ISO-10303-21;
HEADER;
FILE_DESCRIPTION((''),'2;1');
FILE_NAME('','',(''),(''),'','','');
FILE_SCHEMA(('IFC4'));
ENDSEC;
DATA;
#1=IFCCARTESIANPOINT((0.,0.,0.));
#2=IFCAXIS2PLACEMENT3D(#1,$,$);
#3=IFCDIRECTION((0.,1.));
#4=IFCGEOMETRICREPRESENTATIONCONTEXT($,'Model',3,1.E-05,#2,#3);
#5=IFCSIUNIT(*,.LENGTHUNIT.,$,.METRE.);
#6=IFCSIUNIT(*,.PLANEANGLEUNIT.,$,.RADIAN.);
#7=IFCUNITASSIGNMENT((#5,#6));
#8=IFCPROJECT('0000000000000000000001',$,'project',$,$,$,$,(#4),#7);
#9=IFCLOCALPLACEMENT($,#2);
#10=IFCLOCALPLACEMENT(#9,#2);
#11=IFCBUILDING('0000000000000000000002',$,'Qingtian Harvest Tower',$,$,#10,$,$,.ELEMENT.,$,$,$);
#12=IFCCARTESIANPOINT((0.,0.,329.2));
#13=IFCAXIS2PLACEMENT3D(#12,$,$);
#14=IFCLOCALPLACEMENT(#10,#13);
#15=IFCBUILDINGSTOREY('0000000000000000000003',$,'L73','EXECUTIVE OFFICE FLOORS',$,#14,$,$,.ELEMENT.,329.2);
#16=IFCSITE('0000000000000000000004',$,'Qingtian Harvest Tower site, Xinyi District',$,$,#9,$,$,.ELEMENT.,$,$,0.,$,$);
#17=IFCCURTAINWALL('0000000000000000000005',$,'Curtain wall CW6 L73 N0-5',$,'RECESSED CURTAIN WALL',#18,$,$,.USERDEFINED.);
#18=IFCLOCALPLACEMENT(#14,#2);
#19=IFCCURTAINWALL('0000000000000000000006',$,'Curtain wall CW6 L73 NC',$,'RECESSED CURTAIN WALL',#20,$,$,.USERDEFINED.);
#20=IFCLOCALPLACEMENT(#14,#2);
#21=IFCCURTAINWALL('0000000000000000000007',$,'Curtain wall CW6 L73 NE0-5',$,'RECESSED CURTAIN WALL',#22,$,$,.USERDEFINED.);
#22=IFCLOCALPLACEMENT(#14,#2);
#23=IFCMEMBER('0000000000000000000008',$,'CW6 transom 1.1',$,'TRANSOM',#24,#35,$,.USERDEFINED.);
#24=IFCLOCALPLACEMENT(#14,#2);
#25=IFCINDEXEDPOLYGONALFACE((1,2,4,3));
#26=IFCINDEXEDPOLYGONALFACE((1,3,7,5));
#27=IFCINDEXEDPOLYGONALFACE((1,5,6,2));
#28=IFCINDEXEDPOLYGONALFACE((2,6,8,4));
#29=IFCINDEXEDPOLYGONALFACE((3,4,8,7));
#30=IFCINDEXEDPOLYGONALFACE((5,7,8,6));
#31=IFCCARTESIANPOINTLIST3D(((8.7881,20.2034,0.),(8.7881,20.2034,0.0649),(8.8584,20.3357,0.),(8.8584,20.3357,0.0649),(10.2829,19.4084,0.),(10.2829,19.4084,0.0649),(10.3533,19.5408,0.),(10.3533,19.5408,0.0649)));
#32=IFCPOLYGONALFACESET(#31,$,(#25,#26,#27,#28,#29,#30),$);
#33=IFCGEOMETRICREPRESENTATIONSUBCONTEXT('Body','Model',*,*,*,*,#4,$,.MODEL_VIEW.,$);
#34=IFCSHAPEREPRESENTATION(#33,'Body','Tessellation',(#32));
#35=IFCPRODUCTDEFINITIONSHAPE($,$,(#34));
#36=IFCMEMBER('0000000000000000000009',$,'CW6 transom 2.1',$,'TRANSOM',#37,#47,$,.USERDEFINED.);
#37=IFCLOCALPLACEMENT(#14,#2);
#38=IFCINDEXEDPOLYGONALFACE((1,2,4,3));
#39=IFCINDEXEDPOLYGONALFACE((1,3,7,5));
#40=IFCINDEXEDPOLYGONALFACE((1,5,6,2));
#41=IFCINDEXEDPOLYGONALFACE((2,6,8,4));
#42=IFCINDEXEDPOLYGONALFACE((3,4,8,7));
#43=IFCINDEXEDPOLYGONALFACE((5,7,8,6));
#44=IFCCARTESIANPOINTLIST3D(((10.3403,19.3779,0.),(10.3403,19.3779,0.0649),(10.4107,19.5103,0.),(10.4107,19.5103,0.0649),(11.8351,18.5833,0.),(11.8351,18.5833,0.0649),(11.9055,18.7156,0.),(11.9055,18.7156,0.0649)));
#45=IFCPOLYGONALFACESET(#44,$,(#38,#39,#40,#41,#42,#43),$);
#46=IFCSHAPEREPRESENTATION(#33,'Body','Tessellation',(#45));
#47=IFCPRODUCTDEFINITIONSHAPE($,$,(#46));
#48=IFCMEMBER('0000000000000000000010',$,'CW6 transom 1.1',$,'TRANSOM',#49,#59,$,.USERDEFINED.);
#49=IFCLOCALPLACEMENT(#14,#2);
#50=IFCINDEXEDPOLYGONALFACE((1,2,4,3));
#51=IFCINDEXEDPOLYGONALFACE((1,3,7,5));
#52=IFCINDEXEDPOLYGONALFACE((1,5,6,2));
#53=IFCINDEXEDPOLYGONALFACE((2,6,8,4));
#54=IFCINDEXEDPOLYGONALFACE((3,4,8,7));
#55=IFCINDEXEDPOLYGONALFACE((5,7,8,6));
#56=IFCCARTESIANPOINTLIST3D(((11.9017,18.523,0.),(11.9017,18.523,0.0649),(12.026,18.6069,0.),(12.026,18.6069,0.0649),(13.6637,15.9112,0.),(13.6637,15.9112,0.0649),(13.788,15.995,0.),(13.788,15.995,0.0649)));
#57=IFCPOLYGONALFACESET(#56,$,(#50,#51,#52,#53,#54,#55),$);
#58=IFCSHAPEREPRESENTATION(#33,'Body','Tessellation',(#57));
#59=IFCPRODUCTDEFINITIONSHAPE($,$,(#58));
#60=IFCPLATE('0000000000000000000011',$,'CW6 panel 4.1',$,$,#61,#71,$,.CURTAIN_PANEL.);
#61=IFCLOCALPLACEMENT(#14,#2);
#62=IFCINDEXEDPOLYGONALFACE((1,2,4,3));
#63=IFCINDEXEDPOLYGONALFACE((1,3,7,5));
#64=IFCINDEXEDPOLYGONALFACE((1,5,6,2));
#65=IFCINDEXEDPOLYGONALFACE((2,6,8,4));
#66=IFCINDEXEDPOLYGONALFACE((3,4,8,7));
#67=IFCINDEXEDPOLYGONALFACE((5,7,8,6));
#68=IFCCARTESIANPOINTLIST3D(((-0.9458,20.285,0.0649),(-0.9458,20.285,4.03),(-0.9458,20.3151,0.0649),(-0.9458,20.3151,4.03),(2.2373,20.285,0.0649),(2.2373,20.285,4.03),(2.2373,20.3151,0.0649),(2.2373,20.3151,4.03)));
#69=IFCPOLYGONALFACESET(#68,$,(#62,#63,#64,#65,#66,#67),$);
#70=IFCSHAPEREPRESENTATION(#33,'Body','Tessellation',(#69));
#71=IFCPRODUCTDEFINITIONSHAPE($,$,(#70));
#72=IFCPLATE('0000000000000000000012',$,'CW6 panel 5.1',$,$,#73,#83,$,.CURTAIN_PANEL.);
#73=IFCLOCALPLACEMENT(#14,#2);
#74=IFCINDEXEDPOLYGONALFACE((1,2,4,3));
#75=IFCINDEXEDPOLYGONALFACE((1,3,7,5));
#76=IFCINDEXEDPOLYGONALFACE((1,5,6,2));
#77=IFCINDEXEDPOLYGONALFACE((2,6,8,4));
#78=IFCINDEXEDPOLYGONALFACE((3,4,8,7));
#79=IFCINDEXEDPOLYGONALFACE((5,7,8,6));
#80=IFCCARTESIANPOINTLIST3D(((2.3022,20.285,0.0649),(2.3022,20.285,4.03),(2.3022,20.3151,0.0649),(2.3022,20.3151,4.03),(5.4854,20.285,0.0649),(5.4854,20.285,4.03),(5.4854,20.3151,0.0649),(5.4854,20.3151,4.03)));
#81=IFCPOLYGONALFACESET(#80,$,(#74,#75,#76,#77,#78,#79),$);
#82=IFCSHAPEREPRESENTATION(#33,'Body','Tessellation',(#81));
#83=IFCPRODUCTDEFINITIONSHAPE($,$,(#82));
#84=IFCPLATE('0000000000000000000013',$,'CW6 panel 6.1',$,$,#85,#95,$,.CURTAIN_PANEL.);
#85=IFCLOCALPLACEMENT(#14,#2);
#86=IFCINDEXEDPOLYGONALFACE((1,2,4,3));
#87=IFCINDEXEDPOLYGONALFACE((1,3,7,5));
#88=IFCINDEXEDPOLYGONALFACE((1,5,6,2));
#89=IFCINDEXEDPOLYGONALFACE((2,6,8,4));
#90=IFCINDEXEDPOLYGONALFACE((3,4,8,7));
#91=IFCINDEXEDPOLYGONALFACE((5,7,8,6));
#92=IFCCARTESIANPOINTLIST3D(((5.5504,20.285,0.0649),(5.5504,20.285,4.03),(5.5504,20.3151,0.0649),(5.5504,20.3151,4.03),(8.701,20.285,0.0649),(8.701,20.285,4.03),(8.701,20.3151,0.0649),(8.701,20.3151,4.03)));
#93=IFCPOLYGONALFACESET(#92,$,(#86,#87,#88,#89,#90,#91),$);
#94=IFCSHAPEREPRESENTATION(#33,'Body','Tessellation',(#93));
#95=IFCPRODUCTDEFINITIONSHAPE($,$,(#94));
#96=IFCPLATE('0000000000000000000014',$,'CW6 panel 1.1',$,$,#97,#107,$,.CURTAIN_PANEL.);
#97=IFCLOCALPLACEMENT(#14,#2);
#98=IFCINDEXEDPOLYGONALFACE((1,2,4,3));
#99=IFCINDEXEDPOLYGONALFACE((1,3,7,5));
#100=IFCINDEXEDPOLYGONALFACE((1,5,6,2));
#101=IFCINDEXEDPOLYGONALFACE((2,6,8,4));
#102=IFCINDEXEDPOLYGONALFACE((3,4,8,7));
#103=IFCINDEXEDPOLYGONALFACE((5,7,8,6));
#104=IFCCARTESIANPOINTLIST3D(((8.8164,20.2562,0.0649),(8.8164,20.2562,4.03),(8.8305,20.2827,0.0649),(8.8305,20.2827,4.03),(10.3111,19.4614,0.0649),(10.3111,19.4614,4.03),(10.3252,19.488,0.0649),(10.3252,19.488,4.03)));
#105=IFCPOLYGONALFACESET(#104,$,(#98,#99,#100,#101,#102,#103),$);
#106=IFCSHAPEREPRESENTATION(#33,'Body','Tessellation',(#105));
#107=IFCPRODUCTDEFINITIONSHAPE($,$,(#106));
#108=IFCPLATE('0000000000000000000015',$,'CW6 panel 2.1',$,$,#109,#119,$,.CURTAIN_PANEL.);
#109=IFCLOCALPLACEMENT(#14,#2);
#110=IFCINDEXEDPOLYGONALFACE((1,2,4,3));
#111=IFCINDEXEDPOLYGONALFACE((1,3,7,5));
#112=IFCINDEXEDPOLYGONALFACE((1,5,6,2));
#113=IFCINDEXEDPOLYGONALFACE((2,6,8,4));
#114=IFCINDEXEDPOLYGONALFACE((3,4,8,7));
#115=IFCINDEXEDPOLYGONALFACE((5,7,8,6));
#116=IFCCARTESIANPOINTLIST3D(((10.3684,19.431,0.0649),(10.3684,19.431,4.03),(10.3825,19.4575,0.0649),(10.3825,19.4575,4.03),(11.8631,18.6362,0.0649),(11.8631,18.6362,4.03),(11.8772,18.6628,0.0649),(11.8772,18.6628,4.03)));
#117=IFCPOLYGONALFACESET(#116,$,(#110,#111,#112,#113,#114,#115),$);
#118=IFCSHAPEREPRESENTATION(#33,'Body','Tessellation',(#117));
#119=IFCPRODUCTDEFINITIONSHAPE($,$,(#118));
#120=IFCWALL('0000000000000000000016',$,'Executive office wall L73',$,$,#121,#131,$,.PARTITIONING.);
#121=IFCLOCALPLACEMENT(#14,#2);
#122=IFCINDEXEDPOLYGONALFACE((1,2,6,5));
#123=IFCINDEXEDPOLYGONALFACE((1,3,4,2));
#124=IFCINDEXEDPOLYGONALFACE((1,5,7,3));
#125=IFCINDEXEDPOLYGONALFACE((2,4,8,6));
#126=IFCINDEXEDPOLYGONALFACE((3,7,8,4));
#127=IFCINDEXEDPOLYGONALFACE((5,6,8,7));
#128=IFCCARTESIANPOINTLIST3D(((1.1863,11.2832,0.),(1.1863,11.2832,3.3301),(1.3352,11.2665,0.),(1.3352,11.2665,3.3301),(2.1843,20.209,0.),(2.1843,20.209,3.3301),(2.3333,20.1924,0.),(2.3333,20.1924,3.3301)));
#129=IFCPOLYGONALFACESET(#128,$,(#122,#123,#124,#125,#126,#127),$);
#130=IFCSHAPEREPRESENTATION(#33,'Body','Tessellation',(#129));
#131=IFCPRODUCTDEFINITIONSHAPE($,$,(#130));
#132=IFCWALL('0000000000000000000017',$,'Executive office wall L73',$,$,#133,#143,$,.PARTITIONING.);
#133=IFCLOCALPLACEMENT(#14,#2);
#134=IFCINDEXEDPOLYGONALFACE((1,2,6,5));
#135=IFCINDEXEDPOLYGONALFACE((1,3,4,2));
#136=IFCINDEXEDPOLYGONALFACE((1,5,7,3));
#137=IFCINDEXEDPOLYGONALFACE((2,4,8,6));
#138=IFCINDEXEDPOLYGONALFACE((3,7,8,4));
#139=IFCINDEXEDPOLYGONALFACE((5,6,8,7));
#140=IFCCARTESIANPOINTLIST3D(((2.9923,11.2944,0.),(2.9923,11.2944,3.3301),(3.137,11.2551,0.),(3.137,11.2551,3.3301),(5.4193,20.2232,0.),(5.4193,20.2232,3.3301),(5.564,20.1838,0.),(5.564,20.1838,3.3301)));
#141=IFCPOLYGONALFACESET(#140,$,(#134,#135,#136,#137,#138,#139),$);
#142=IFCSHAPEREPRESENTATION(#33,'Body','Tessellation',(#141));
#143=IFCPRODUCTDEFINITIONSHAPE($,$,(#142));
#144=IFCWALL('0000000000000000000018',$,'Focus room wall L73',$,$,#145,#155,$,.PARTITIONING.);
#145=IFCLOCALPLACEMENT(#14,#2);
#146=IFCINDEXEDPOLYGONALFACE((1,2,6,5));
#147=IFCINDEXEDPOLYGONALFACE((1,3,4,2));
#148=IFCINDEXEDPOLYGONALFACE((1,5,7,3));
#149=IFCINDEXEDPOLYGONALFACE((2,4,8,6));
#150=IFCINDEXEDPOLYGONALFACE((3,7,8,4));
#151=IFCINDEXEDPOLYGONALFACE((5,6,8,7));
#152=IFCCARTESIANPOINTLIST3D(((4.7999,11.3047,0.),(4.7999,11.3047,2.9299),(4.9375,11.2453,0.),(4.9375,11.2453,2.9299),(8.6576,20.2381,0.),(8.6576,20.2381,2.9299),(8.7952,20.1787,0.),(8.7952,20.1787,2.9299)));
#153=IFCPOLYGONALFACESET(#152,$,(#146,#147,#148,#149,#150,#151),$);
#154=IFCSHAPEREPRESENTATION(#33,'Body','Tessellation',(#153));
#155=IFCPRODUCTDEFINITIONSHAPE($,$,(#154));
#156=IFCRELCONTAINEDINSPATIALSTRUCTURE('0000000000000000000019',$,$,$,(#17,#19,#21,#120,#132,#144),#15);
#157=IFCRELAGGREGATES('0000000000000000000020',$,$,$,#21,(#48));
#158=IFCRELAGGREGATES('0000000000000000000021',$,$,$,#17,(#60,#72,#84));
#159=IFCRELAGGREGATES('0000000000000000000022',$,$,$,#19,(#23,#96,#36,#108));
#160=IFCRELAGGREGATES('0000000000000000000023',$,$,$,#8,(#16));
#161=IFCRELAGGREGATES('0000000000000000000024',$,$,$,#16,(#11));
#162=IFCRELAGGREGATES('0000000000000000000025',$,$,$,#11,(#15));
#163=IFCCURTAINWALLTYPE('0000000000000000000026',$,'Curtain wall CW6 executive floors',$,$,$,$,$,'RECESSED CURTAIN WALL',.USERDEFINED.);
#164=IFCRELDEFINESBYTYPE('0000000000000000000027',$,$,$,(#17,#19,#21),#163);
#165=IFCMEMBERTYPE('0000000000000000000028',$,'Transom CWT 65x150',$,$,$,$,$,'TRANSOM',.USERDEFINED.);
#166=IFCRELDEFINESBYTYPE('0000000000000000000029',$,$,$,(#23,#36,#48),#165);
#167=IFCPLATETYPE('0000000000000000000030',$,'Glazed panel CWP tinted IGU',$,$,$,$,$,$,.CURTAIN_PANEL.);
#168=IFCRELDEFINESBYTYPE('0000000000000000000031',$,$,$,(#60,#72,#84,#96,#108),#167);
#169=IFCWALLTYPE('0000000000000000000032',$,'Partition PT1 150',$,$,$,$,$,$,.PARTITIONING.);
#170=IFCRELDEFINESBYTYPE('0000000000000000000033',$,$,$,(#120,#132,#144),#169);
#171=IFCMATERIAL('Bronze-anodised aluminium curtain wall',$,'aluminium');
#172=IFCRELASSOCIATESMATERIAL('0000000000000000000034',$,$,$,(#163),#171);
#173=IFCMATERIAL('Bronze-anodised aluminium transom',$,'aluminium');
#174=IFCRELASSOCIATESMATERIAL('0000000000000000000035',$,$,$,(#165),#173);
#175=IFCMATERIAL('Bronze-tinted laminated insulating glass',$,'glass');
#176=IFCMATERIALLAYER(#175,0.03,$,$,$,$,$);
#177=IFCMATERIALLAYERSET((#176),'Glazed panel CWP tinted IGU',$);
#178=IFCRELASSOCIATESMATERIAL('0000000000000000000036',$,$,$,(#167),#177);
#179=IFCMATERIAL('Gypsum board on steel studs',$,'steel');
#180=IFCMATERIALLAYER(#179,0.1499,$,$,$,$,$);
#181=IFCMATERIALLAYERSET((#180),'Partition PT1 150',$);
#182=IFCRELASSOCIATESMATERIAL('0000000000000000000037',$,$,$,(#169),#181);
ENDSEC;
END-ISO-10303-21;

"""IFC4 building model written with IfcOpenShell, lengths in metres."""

from ifc_helpers import new_model, si_unit, direction, frame, frame_2d, origin, origin_2d, place, context, subcontext, project, spatial, rectangle, extrude, material, layer, layer_set, material_profile, profile_set, type_object, element, aggregate, save


model = new_model("IFC4")

# Units and contexts
model_context = context("Model", 3, precision=1e-05, world=origin(), true_north=direction((0.0, 1.0)))
body_context = subcontext(model_context, "Body", "Model", "MODEL_VIEW")
ifc_project = project(units=[si_unit("LENGTHUNIT", "METRE"), si_unit("PLANEANGLEUNIT", "RADIAN")], contexts=[model_context])

# Site, building, storey
site_placement = place(None, origin())
site = spatial("IfcSite", under=ifc_project, at=site_placement, Name="Qingtian Harvest Tower site, Xinyi District", CompositionType="ELEMENT", RefElevation=0.0)
building_placement = place(site_placement, origin())
building = spatial("IfcBuilding", under=site, at=building_placement, Name="Qingtian Harvest Tower", CompositionType="ELEMENT")
storey_placement = place(building_placement, frame((0.0, 0.0, 329.2)))
storey = spatial("IfcBuildingStorey", under=building, at=storey_placement, Name="L73", Description="EXECUTIVE OFFICE FLOORS", CompositionType="ELEMENT", Elevation=329.2)

# Curtain walls
ifc_material_1 = material(Name="Bronze-anodised aluminium curtain wall", Category="aluminium")
curtain_wall_type = type_object("IfcCurtainWallType", Name="Curtain wall CW6 executive floors", ElementType="RECESSED CURTAIN WALL", PredefinedType="USERDEFINED", material=ifc_material_1)
curtain_wall_1_placement = place(storey_placement, origin())
curtain_wall_1 = element("IfcCurtainWall", 1, at=curtain_wall_1_placement, inside=storey, type_object=curtain_wall_type, Name="Curtain wall CW6 L73 N0-5", ObjectType="RECESSED CURTAIN WALL", PredefinedType="USERDEFINED")
curtain_wall_2_placement = place(storey_placement, origin())
curtain_wall_2 = element("IfcCurtainWall", 2, at=curtain_wall_2_placement, inside=storey, type_object=curtain_wall_type, Name="Curtain wall CW6 L73 NC", ObjectType="RECESSED CURTAIN WALL", PredefinedType="USERDEFINED")

# Curtain wall
curtain_wall_3_placement = place(storey_placement, origin())
curtain_wall_3 = element("IfcCurtainWall", 3, at=curtain_wall_3_placement, inside=storey, type_object=curtain_wall_type, Name="Curtain wall CW6 L73 NE0-5", ObjectType="RECESSED CURTAIN WALL", PredefinedType="USERDEFINED")

# Members
ifc_material_2 = material(Name="Bronze-anodised aluminium transom", Category="aluminium")
ifc_material_profile_1 = material_profile(ifc_material_2, rectangle(XDim=0.1499, YDim=0.0649, at=origin_2d()), Name="AL 65x150")
ifc_profile_set_1 = profile_set([ifc_material_profile_1], Name="Bronze-anodised aluminium transom")
member_type_1 = type_object("IfcMemberType", Name="Transom CWT 65x150", ElementType="TRANSOM", PredefinedType="USERDEFINED", material=ifc_profile_set_1)
member_1_placement = place(storey_placement, frame((8.8232, 20.2695, 0.0325), z_axis=(0.882927, -0.46951, 0.0), x_axis=(0.46951, 0.882927, 0.0)))
member_1 = element("IfcMember", 4, at=member_1_placement, type_object=member_type_1, Name="CW6 transom 1.1", ObjectType="TRANSOM", PredefinedType="USERDEFINED", context=body_context, shape_type="SweptSolid", body=[
    extrude(rectangle(XDim=0.1499, YDim=0.0649, at=origin_2d()), origin(), (0.0, 0.0, 1.0), 1.6931),
])
member_2_placement = place(storey_placement, frame((10.3755, 19.4441, 0.0325), z_axis=(0.882987, -0.469398, 0.0), x_axis=(0.469398, 0.882987, 0.0)))
member_2 = element("IfcMember", 5, at=member_2_placement, type_object=member_type_1, Name="CW6 transom 2.1", ObjectType="TRANSOM", PredefinedType="USERDEFINED", context=body_context, shape_type="SweptSolid", body=[
    extrude(rectangle(XDim=0.1499, YDim=0.0649, at=origin_2d()), origin(), (0.0, 0.0, 1.0), 1.6929),
])
member_3_placement = place(storey_placement, frame((11.9639, 18.5649, 0.0325), z_axis=(0.559252, -0.828998, 0.0), x_axis=(0.828998, 0.559252, 0.0)))
member_3 = element("IfcMember", 6, at=member_3_placement, type_object=member_type_1, Name="CW6 transom 1.1", ObjectType="TRANSOM", PredefinedType="USERDEFINED", context=body_context, shape_type="SweptSolid", body=[
    extrude(rectangle(XDim=0.1499, YDim=0.0649, at=origin_2d()), origin(), (0.0, 0.0, 1.0), 3.1506),
])
aggregate(curtain_wall_3, [member_3])

# Plates
ifc_material_3 = material(Name="Bronze-tinted laminated insulating glass", Category="glass")
ifc_layer_1 = layer(ifc_material_3, 0.03)
ifc_layer_set_1 = layer_set([ifc_layer_1], Name="Glazed panel CWP tinted IGU")
plate_type = type_object("IfcPlateType", Name="Glazed panel CWP tinted IGU", PredefinedType="CURTAIN_PANEL", material=ifc_layer_set_1)
plate_1_placement = place(storey_placement, frame((0.6458, 20.3, 0.0649), z_axis=(0.0, 0.0, 1.0), x_axis=(1.0, 0.0, 0.0)))
plate_1 = element("IfcPlate", 7, at=plate_1_placement, type_object=plate_type, Name="CW6 panel 4.1", PredefinedType="CURTAIN_PANEL", context=body_context, shape_type="SweptSolid", body=[
    extrude(rectangle(XDim=3.1831, YDim=0.03, at=origin_2d()), origin(), (0.0, 0.0, 1.0), 3.9651),
])
plate_2_placement = place(storey_placement, frame((3.8938, 20.3, 0.0649), z_axis=(0.0, 0.0, 1.0), x_axis=(1.0, 0.0, 0.0)))
plate_2 = element("IfcPlate", 8, at=plate_2_placement, type_object=plate_type, Name="CW6 panel 5.1", PredefinedType="CURTAIN_PANEL", context=body_context, shape_type="SweptSolid", body=[
    extrude(rectangle(XDim=3.1831, YDim=0.03, at=origin_2d()), origin(), (0.0, 0.0, 1.0), 3.9651),
])
plate_3_placement = place(storey_placement, frame((7.1257, 20.3, 0.0649), z_axis=(0.0, 0.0, 1.0), x_axis=(1.0, 0.0, 0.0)))
plate_3 = element("IfcPlate", 9, at=plate_3_placement, type_object=plate_type, Name="CW6 panel 6.1", PredefinedType="CURTAIN_PANEL", context=body_context, shape_type="SweptSolid", body=[
    extrude(rectangle(XDim=3.1506, YDim=0.03, at=origin_2d()), origin(), (0.0, 0.0, 1.0), 3.9651),
])
aggregate(curtain_wall_1, [plate_1, plate_2, plate_3])
plate_4_placement = place(storey_placement, frame((9.5708, 19.8721, 0.0649), z_axis=(0.0, 0.0, 1.0), x_axis=(0.882948, -0.469472, 0.0)))
plate_4 = element("IfcPlate", 10, at=plate_4_placement, type_object=plate_type, Name="CW6 panel 1.1", PredefinedType="CURTAIN_PANEL", context=body_context, shape_type="SweptSolid", body=[
    extrude(rectangle(XDim=1.6929, YDim=0.03, at=origin_2d()), origin(), (0.0, 0.0, 1.0), 3.9651),
])
plate_5_placement = place(storey_placement, frame((11.1228, 19.0469, 0.0649), z_axis=(0.0, 0.0, 1.0), x_axis=(0.882948, -0.469472, 0.0)))
plate_5 = element("IfcPlate", 11, at=plate_5_placement, type_object=plate_type, Name="CW6 panel 2.1", PredefinedType="CURTAIN_PANEL", context=body_context, shape_type="SweptSolid", body=[
    extrude(rectangle(XDim=1.6929, YDim=0.03, at=origin_2d()), origin(), (0.0, 0.0, 1.0), 3.9651),
])
aggregate(curtain_wall_2, [member_1, plate_4, member_2, plate_5])

# Walls
ifc_material_4 = material(Name="Gypsum board on steel studs", Category="steel")
ifc_layer_2 = layer(ifc_material_4, 0.1499)
ifc_layer_set_2 = layer_set([ifc_layer_2], Name="Partition PT1 150")
wall_type = type_object("IfcWallType", Name="Partition PT1 150", PredefinedType="PARTITIONING", material=ifc_layer_set_2)
wall_1_placement = place(storey_placement, frame((2.2588, 20.2007, 0.0), z_axis=(0.0, 0.0, 1.0), x_axis=(-0.111124, -0.993807, 0.0)))
element("IfcWall", 12, at=wall_1_placement, inside=storey, type_object=wall_type, Name="Executive office wall L73", PredefinedType="PARTITIONING", context=body_context, shape_type="SweptSolid", body=[
    extrude(rectangle(XDim=8.9814, YDim=0.1499, at=frame_2d((4.4907, 0.0))), origin(), (0.0, 0.0, 1.0), 3.3301),
])
wall_2_placement = place(storey_placement, frame((5.4917, 20.2036, 0.0), z_axis=(0.0, 0.0, 1.0), x_axis=(-0.262302, -0.964986, 0.0)))
element("IfcWall", 13, at=wall_2_placement, inside=storey, type_object=wall_type, Name="Executive office wall L73", PredefinedType="PARTITIONING", context=body_context, shape_type="SweptSolid", body=[
    extrude(rectangle(XDim=9.2527, YDim=0.1499, at=frame_2d((4.6265, 0.0))), origin(), (0.0, 0.0, 1.0), 3.3301),
])
wall_3_placement = place(storey_placement, frame((8.7263, 20.2083, 0.0), z_axis=(0.0, 0.0, 1.0), x_axis=(-0.396443, -0.918059, 0.0)))
element("IfcWall", 14, at=wall_3_placement, inside=storey, type_object=wall_type, Name="Focus room wall L73", PredefinedType="PARTITIONING", context=body_context, shape_type="SweptSolid", body=[
    extrude(rectangle(XDim=9.7307, YDim=0.1499, at=frame_2d((4.8652, 0.0))), origin(), (0.0, 0.0, 1.0), 2.9299),
])

save(model, "model.ifc")
